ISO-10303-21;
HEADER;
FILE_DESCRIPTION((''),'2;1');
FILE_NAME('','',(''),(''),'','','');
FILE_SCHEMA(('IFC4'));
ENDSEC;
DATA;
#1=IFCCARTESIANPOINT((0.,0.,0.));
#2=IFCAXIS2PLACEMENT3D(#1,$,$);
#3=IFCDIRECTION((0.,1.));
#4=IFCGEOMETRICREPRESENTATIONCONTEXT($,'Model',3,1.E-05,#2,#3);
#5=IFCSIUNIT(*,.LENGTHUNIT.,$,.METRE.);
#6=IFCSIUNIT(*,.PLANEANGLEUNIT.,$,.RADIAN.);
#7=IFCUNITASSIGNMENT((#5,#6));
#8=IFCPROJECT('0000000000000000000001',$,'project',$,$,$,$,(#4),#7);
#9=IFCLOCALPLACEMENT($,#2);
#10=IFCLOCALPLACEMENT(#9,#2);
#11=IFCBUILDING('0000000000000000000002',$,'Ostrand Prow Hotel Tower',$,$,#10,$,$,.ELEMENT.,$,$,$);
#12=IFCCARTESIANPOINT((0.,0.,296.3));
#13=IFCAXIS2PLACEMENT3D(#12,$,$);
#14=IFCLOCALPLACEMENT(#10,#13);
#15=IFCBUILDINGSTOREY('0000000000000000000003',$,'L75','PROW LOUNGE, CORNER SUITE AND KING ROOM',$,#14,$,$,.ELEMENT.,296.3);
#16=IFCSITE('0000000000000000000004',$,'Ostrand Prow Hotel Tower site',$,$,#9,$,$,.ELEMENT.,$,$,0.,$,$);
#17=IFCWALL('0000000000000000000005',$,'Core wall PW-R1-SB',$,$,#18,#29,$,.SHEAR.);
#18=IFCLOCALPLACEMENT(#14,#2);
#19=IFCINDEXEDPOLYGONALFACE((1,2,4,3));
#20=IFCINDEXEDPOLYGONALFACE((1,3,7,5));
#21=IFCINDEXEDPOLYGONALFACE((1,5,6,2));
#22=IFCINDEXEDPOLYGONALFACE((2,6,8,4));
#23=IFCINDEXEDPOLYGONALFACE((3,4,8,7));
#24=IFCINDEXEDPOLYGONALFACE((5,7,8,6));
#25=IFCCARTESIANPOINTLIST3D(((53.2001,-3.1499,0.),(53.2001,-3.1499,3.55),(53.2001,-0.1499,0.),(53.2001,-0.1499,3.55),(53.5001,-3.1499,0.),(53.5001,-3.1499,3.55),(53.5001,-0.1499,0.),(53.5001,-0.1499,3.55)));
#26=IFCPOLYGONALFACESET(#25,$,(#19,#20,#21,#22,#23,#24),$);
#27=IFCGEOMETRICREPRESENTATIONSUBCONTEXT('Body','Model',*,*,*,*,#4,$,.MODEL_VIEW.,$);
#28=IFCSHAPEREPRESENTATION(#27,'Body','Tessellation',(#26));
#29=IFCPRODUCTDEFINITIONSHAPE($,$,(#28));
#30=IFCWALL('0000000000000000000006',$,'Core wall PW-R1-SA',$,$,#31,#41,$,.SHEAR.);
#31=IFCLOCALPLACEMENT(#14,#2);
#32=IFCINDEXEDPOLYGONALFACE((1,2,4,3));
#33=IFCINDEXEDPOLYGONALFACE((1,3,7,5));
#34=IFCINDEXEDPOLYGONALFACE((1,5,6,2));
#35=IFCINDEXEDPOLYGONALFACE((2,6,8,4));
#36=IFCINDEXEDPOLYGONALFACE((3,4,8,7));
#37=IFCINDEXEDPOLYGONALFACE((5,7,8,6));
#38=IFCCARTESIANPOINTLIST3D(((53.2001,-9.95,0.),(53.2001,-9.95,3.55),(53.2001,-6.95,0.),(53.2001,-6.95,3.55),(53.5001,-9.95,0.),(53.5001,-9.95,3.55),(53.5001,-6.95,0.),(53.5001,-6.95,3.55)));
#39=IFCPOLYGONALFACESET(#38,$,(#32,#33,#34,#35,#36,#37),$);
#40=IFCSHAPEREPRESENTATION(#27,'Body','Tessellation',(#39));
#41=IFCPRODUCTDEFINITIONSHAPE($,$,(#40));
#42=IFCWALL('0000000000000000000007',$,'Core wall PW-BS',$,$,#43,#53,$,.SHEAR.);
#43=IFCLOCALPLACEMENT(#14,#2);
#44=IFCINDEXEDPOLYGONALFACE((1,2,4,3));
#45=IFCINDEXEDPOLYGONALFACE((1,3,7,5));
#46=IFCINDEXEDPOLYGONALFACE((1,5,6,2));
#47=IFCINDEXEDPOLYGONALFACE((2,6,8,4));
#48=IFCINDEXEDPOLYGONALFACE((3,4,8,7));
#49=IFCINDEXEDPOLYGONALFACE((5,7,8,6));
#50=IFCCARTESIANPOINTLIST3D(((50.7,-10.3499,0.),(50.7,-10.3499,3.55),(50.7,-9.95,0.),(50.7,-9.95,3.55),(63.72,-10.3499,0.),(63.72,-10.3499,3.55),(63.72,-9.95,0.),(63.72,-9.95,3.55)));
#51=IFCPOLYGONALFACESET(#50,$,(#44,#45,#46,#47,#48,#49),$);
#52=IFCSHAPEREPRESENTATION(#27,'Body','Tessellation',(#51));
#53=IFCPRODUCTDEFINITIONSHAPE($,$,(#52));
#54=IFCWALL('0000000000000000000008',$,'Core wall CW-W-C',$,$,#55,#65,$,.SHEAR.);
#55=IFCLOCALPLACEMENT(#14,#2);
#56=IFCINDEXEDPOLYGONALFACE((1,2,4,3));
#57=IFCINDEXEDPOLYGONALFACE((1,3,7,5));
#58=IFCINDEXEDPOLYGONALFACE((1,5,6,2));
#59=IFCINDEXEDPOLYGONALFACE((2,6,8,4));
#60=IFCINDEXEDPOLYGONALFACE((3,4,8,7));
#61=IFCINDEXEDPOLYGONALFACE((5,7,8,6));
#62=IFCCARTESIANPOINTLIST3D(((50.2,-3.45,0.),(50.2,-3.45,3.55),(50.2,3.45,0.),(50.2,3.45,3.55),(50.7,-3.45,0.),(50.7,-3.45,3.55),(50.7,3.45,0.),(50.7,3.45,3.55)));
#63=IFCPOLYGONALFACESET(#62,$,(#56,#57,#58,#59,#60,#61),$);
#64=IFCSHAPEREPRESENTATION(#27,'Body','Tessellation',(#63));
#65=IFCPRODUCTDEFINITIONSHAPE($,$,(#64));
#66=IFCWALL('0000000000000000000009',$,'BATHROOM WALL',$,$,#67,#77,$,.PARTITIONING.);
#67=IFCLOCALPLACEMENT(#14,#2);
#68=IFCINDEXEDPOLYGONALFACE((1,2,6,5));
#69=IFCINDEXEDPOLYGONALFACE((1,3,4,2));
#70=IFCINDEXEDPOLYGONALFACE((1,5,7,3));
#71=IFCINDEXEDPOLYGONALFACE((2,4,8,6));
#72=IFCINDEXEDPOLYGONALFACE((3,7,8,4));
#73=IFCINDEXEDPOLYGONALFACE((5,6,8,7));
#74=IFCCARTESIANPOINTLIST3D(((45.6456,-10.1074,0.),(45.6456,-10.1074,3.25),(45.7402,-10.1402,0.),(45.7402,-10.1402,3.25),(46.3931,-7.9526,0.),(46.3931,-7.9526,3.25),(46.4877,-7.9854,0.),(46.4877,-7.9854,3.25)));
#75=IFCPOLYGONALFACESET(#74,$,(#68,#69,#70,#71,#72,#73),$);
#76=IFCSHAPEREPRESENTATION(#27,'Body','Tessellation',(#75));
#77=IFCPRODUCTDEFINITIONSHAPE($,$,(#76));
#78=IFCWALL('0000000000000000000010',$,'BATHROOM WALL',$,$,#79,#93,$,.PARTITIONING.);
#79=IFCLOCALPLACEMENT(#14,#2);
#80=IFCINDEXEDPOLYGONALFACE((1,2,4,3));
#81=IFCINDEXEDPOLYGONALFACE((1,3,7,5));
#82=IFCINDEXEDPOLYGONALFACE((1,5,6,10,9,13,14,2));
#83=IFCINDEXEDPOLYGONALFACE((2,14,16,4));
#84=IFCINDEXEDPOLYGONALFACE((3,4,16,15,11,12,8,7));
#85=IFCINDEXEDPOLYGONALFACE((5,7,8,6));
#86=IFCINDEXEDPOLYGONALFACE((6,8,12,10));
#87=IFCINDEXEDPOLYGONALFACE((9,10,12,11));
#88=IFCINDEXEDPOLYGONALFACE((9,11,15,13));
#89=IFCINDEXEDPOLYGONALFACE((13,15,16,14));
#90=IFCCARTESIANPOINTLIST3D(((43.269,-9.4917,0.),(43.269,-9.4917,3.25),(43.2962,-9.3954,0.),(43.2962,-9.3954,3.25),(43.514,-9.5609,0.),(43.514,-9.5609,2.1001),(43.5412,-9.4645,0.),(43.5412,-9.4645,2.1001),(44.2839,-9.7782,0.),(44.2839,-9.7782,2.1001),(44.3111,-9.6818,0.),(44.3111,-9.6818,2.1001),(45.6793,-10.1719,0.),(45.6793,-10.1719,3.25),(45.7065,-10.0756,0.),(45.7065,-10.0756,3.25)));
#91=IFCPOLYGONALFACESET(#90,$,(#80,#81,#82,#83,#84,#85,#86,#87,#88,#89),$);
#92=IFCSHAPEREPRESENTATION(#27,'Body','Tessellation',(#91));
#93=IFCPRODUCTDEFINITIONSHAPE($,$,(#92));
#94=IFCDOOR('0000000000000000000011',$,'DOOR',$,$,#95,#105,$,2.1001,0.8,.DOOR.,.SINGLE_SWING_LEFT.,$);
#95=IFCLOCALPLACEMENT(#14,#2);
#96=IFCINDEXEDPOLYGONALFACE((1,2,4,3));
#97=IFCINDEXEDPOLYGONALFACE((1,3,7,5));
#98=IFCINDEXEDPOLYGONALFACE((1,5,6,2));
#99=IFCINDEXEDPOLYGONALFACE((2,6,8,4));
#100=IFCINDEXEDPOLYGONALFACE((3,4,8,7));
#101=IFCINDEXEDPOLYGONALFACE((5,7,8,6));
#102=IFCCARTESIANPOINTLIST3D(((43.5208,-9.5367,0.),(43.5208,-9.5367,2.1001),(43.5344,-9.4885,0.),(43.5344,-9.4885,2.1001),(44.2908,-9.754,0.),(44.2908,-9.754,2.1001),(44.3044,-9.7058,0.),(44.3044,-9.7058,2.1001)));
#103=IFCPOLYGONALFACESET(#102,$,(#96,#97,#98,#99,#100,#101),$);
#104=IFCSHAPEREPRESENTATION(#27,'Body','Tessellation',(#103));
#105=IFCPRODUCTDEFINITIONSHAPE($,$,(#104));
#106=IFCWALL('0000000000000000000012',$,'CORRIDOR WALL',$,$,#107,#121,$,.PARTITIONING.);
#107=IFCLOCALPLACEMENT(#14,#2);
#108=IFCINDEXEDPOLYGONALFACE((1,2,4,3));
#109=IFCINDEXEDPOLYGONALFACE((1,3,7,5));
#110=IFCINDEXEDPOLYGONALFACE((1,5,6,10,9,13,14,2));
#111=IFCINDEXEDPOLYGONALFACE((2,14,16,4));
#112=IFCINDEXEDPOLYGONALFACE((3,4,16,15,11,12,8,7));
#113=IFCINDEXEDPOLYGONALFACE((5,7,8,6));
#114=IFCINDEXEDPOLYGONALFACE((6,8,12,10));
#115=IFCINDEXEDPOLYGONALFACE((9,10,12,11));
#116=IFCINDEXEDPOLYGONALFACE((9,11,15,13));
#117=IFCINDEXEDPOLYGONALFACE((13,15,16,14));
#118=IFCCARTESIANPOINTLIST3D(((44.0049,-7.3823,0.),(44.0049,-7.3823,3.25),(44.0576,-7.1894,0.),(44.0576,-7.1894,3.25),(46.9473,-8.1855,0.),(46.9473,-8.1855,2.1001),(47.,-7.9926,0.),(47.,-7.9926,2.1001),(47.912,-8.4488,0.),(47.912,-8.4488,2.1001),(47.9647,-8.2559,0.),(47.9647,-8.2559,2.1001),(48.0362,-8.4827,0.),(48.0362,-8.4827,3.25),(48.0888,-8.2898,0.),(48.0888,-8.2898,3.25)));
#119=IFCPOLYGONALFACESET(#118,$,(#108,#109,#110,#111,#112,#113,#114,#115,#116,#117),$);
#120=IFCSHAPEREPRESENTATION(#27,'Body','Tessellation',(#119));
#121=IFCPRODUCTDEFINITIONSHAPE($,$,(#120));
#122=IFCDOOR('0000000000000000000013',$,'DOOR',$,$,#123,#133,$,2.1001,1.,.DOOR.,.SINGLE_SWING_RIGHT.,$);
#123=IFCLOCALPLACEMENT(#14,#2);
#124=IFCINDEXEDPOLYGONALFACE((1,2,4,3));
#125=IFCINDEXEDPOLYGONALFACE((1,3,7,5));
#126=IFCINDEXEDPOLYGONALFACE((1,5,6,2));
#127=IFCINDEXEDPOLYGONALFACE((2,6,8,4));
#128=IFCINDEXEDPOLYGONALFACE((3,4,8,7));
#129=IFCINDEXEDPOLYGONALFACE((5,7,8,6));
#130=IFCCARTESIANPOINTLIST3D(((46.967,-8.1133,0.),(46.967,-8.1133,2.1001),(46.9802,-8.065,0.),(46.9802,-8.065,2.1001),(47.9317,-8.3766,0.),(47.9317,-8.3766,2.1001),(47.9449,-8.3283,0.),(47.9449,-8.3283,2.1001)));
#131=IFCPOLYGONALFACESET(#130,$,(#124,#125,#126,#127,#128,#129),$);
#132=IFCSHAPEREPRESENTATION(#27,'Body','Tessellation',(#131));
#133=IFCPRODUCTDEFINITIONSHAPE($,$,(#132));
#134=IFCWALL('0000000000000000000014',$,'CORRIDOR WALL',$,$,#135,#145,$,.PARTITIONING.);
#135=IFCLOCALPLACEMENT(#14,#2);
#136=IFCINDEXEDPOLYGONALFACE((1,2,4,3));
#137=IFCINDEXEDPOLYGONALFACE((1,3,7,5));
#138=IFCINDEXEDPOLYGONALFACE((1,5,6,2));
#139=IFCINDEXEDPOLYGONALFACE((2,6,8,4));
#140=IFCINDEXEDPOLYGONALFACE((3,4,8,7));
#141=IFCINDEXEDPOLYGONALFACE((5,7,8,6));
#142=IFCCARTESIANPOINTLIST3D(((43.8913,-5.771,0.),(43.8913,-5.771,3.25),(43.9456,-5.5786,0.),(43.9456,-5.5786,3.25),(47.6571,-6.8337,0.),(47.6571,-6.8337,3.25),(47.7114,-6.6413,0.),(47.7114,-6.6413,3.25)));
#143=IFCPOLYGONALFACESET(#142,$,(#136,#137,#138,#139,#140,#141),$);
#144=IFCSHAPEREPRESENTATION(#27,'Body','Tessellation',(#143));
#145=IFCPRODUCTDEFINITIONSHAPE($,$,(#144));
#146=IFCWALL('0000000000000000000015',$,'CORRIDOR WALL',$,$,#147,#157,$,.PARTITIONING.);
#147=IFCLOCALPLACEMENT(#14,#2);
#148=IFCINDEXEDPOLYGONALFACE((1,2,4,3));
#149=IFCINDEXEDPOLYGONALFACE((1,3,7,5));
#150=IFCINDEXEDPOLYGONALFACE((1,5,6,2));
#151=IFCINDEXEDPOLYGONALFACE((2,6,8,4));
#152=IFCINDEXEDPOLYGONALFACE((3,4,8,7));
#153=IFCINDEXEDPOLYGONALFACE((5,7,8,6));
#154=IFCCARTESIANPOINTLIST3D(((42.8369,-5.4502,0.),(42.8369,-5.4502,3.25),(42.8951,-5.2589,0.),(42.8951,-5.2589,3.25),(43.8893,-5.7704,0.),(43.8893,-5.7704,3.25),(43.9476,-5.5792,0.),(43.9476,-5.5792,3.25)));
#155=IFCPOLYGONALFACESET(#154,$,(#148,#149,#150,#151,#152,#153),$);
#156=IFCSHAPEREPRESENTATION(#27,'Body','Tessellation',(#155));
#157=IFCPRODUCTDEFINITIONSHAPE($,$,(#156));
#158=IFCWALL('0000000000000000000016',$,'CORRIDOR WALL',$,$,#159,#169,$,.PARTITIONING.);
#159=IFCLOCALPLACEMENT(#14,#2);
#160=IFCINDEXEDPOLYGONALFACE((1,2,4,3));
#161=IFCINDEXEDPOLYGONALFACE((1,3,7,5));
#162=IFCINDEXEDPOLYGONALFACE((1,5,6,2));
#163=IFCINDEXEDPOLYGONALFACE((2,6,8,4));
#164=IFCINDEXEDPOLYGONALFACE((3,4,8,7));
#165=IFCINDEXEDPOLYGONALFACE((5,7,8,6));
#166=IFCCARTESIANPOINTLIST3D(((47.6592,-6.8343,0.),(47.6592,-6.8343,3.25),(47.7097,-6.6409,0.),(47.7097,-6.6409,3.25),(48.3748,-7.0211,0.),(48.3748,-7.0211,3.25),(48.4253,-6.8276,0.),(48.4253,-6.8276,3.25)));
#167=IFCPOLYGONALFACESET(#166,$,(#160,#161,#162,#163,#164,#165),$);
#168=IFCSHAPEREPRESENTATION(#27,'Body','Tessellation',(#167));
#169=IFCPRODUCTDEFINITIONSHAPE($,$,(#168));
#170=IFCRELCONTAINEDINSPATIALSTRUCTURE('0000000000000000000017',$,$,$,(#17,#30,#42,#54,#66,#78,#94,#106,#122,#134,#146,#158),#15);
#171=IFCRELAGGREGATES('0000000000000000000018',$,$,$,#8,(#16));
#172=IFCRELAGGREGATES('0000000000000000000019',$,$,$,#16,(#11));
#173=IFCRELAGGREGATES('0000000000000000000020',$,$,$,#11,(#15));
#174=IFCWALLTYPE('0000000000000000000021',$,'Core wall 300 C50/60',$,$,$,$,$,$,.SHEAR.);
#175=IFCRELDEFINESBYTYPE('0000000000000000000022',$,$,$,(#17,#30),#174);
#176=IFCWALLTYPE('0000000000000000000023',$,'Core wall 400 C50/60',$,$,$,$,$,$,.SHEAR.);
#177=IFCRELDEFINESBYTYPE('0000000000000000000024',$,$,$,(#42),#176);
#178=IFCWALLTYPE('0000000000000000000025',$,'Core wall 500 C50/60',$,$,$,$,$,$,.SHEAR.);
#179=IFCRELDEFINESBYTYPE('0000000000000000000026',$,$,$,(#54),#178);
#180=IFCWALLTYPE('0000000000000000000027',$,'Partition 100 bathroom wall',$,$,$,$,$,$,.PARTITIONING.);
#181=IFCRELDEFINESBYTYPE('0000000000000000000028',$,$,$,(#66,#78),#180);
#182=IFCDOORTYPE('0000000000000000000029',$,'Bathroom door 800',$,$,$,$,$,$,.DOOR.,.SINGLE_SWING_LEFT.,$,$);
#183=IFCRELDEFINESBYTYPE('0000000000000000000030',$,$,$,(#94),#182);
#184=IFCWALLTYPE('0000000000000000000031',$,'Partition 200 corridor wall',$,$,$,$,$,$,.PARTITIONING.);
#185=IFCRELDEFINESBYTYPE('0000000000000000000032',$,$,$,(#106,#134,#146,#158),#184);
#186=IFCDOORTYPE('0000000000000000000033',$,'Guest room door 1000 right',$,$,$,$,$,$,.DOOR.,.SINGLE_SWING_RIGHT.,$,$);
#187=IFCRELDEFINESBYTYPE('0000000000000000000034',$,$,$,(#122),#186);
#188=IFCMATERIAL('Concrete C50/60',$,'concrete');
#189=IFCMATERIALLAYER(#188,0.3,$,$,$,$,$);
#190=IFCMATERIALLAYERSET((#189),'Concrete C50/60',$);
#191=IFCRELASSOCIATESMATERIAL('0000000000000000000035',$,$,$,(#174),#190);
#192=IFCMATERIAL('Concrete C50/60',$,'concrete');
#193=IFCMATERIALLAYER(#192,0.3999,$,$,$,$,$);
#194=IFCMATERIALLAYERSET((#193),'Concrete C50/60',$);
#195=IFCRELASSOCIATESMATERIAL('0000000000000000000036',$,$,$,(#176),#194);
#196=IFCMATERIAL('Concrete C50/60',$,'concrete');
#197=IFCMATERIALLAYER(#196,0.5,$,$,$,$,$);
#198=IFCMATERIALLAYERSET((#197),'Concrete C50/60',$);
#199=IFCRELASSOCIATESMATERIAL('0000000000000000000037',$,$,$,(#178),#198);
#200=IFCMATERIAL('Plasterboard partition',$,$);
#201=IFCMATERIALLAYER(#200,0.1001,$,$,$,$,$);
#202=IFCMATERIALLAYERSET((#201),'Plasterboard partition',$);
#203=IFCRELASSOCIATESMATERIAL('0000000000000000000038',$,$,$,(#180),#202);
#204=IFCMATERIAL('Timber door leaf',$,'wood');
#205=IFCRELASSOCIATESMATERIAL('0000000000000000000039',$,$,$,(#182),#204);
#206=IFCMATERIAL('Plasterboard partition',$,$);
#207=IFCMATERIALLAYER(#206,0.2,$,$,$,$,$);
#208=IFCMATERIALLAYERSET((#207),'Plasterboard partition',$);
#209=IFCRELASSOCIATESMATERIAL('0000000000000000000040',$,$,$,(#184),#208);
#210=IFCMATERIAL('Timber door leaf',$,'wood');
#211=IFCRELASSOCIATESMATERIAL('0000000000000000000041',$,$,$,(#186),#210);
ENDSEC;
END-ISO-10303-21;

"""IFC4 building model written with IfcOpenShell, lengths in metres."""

from ifc_helpers import new_model, si_unit, direction, frame, frame_2d, origin, place, context, subcontext, project, spatial, rectangle, extrude, material, layer, layer_set, type_object, element, fill, save


model = new_model("IFC4")

# Units and contexts
model_context = context("Model", 3, precision=1e-05, world=origin(), true_north=direction((0.0, 1.0)))
body_context = subcontext(model_context, "Body", "Model", "MODEL_VIEW")
ifc_project = project(units=[si_unit("LENGTHUNIT", "METRE"), si_unit("PLANEANGLEUNIT", "RADIAN")], contexts=[model_context])

# Site, building, storey
site_placement = place(None, origin())
site = spatial("IfcSite", under=ifc_project, at=site_placement, Name="Ostrand Prow Hotel Tower site", CompositionType="ELEMENT", RefElevation=0.0)
building_placement = place(site_placement, origin())
building = spatial("IfcBuilding", under=site, at=building_placement, Name="Ostrand Prow Hotel Tower", CompositionType="ELEMENT")
storey_placement = place(building_placement, frame((0.0, 0.0, 296.3)))
storey = spatial("IfcBuildingStorey", under=building, at=storey_placement, Name="L75", Description="PROW LOUNGE, CORNER SUITE AND KING ROOM", CompositionType="ELEMENT", Elevation=296.3)

# Shared definitions
ifc_material_1 = material(Name="Concrete C50/60", Category="concrete")
ifc_layer_1 = layer(ifc_material_1, 0.3)
ifc_layer_set_1 = layer_set([ifc_layer_1], Name="Concrete C50/60")
wall_type_1 = type_object("IfcWallType", Name="Core wall 300 C50/60", PredefinedType="SHEAR", material=ifc_layer_set_1)

# Walls
for number, where, z_axis, x_axis, name in (
    (1, (53.3501, -3.1499, 0.0), (0.0, 0.0, 1.0), (0.0, 1.0, 0.0), "Core wall PW-R1-SB"),
    (2, (53.3501, -9.95, 0.0), (0.0, 0.0, 1.0), (0.0, 1.0, 0.0), "Core wall PW-R1-SA"),
):
    element("IfcWall", number, at=place(storey_placement, frame(where, z_axis=z_axis, x_axis=x_axis)), inside=storey, type_object=wall_type_1, Name=name, PredefinedType="SHEAR", context=body_context, shape_type="SweptSolid", body=[
        extrude(rectangle(XDim=3.0, YDim=0.3, at=frame_2d((1.5, 0.0))), origin(), (0.0, 0.0, 1.0), 3.55),
    ])
ifc_material_2 = material(Name="Concrete C50/60", Category="concrete")
ifc_layer_2 = layer(ifc_material_2, 0.3999)
ifc_layer_set_2 = layer_set([ifc_layer_2], Name="Concrete C50/60")
wall_type_2 = type_object("IfcWallType", Name="Core wall 400 C50/60", PredefinedType="SHEAR", material=ifc_layer_set_2)
wall_1_placement = place(storey_placement, frame((50.7, -10.1499, 0.0), z_axis=(0.0, 0.0, 1.0), x_axis=(1.0, 0.0, 0.0)))
element("IfcWall", 3, at=wall_1_placement, inside=storey, type_object=wall_type_2, Name="Core wall PW-BS", PredefinedType="SHEAR", context=body_context, shape_type="SweptSolid", body=[
    extrude(rectangle(XDim=13.02, YDim=0.3999, at=frame_2d((6.51, 0.0))), origin(), (0.0, 0.0, 1.0), 3.55),
])
ifc_material_3 = material(Name="Concrete C50/60", Category="concrete")
ifc_layer_3 = layer(ifc_material_3, 0.5)
ifc_layer_set_3 = layer_set([ifc_layer_3], Name="Concrete C50/60")
wall_type_3 = type_object("IfcWallType", Name="Core wall 500 C50/60", PredefinedType="SHEAR", material=ifc_layer_set_3)
wall_2_placement = place(storey_placement, frame((50.45, -3.45, 0.0), z_axis=(0.0, 0.0, 1.0), x_axis=(0.0, 1.0, 0.0)))
element("IfcWall", 4, at=wall_2_placement, inside=storey, type_object=wall_type_3, Name="Core wall CW-W-C", PredefinedType="SHEAR", context=body_context, shape_type="SweptSolid", body=[
    extrude(rectangle(XDim=6.8999, YDim=0.5, at=frame_2d((3.45, 0.0))), origin(), (0.0, 0.0, 1.0), 3.55),
])
ifc_material_4 = material(Name="Plasterboard partition")
ifc_layer_4 = layer(ifc_material_4, 0.1001)
ifc_layer_set_4 = layer_set([ifc_layer_4], Name="Plasterboard partition")
wall_type_4 = type_object("IfcWallType", Name="Partition 100 bathroom wall", PredefinedType="PARTITIONING", material=ifc_layer_set_4)
wall_3_placement = place(storey_placement, frame((46.4404, -7.969, 0.0), z_axis=(0.0, 0.0, 1.0), x_axis=(-0.327765, -0.944759, 0.0)))
element("IfcWall", 5, at=wall_3_placement, inside=storey, type_object=wall_type_4, Name="BATHROOM WALL", PredefinedType="PARTITIONING", context=body_context, shape_type="SweptSolid", body=[
    extrude(rectangle(XDim=2.2808, YDim=0.1001, at=frame_2d((1.1404, 0.0))), origin(), (0.0, 0.0, 1.0), 3.25),
])

# Walls, openings, doors
wall_4_placement = place(storey_placement, frame((45.6929, -10.1238, 0.0), z_axis=(0.0, 0.0, 1.0), x_axis=(-0.962409, 0.271604, 0.0)))
wall_4 = element("IfcWall", 6, at=wall_4_placement, inside=storey, type_object=wall_type_4, Name="BATHROOM WALL", PredefinedType="PARTITIONING", context=body_context, shape_type="SweptSolid", body=[
    extrude(rectangle(XDim=2.5044, YDim=0.1001, at=frame_2d((1.2522, 0.0))), origin(), (0.0, 0.0, 1.0), 3.25),
])
opening_1_placement = place(wall_4_placement, frame((1.45, 0.0, 0.0)))
opening_1 = element("IfcOpeningElement", 7, at=opening_1_placement, cuts=wall_4, PredefinedType="OPENING", context=body_context, shape_type="SweptSolid", body=[
    extrude(rectangle(XDim=0.8, YDim=2.1001, at=frame_2d((0.3999, 1.05))), frame((0.0, 0.0601, 0.0), z_axis=(0.0, -1.0, 0.0), x_axis=(1.0, 0.0, 0.0)), (0.0, 0.0, 1.0), 0.1201),
])
ifc_material_5 = material(Name="Timber door leaf", Category="wood")
door_type_1 = type_object("IfcDoorType", Name="Bathroom door 800", OperationType="SINGLE_SWING_LEFT", PredefinedType="DOOR", material=ifc_material_5)
door_1_placement = place(opening_1_placement, origin())
door_1 = element("IfcDoor", 8, at=door_1_placement, inside=storey, type_object=door_type_1, Name="DOOR", OperationType="SINGLE_SWING_LEFT", OverallHeight=2.1001, OverallWidth=0.8, PredefinedType="DOOR", context=body_context, shape_type="SweptSolid", body=[
    extrude(rectangle(XDim=0.8, YDim=2.1001, at=frame_2d((0.3999, 1.05))), frame((0.0, 0.0249, 0.0), z_axis=(0.0, -1.0, 0.0), x_axis=(1.0, 0.0, 0.0)), (0.0, 0.0, 1.0), 0.05),
])
fill(opening_1, door_1)
ifc_material_6 = material(Name="Plasterboard partition")
ifc_layer_5 = layer(ifc_material_6, 0.2)
ifc_layer_set_5 = layer_set([ifc_layer_5], Name="Plasterboard partition")
wall_type_5 = type_object("IfcWallType", Name="Partition 200 corridor wall", PredefinedType="PARTITIONING", material=ifc_layer_set_5)
wall_5_placement = place(storey_placement, frame((44.0312, -7.2859, 0.0), z_axis=(0.0, 0.0, 1.0), x_axis=(0.964709, -0.26332, 0.0)))
wall_5 = element("IfcWall", 9, at=wall_5_placement, inside=storey, type_object=wall_type_5, Name="CORRIDOR WALL", PredefinedType="PARTITIONING", context=body_context, shape_type="SweptSolid", body=[
    extrude(rectangle(XDim=4.1787, YDim=0.2, at=frame_2d((2.0894, 0.0))), origin(), (0.0, 0.0, 1.0), 3.25),
])
opening_2_placement = place(wall_5_placement, frame((3.05, 0.0, 0.0)))
opening_2 = element("IfcOpeningElement", 10, at=opening_2_placement, cuts=wall_5, PredefinedType="OPENING", context=body_context, shape_type="SweptSolid", body=[
    extrude(rectangle(XDim=1.0, YDim=2.1001, at=frame_2d((0.5, 1.05))), frame((0.0, 0.1099, 0.0), z_axis=(0.0, -1.0, 0.0), x_axis=(1.0, 0.0, 0.0)), (0.0, 0.0, 1.0), 0.22),
])
ifc_material_7 = material(Name="Timber door leaf", Category="wood")
door_type_2 = type_object("IfcDoorType", Name="Guest room door 1000 right", OperationType="SINGLE_SWING_RIGHT", PredefinedType="DOOR", material=ifc_material_7)
door_2_placement = place(opening_2_placement, origin())
door_2 = element("IfcDoor", 11, at=door_2_placement, inside=storey, type_object=door_type_2, Name="DOOR", OperationType="SINGLE_SWING_RIGHT", OverallHeight=2.1001, OverallWidth=1.0, PredefinedType="DOOR", context=body_context, shape_type="SweptSolid", body=[
    extrude(rectangle(XDim=1.0, YDim=2.1001, at=frame_2d((0.5, 1.05))), frame((0.0, 0.0249, 0.0), z_axis=(0.0, -1.0, 0.0), x_axis=(1.0, 0.0, 0.0)), (0.0, 0.0, 1.0), 0.05),
])
fill(opening_2, door_2)

# Walls
wall_6_placement = place(storey_placement, frame((47.6843, -6.7375, 0.0), z_axis=(0.0, 0.0, 1.0), x_axis=(-0.962411, 0.271596, 0.0)))
element("IfcWall", 12, at=wall_6_placement, inside=storey, type_object=wall_type_5, Name="CORRIDOR WALL", PredefinedType="PARTITIONING", context=body_context, shape_type="SweptSolid", body=[
    extrude(rectangle(XDim=3.9128, YDim=0.2, at=frame_2d((1.9565, 0.0))), origin(), (0.0, 0.0, 1.0), 3.25),
])
wall_7_placement = place(storey_placement, frame((43.9185, -5.6748, 0.0), z_axis=(0.0, 0.0, 1.0), x_axis=(-0.956677, 0.291153, 0.0)))
element("IfcWall", 13, at=wall_7_placement, inside=storey, type_object=wall_type_5, Name="CORRIDOR WALL", PredefinedType="PARTITIONING", context=body_context, shape_type="SweptSolid", body=[
    extrude(rectangle(XDim=1.1001, YDim=0.2, at=frame_2d((0.55, 0.0))), origin(), (0.0, 0.0, 1.0), 3.25),
])
wall_8_placement = place(storey_placement, frame((48.3999, -6.9243, 0.0), z_axis=(0.0, 0.0, 1.0), x_axis=(-0.967586, 0.252543, 0.0)))
element("IfcWall", 14, at=wall_8_placement, inside=storey, type_object=wall_type_5, Name="CORRIDOR WALL", PredefinedType="PARTITIONING", context=body_context, shape_type="SweptSolid", body=[
    extrude(rectangle(XDim=0.7395, YDim=0.2, at=frame_2d((0.3696, 0.0))), origin(), (0.0, 0.0, 1.0), 3.25),
])

save(model, "model.ifc")
